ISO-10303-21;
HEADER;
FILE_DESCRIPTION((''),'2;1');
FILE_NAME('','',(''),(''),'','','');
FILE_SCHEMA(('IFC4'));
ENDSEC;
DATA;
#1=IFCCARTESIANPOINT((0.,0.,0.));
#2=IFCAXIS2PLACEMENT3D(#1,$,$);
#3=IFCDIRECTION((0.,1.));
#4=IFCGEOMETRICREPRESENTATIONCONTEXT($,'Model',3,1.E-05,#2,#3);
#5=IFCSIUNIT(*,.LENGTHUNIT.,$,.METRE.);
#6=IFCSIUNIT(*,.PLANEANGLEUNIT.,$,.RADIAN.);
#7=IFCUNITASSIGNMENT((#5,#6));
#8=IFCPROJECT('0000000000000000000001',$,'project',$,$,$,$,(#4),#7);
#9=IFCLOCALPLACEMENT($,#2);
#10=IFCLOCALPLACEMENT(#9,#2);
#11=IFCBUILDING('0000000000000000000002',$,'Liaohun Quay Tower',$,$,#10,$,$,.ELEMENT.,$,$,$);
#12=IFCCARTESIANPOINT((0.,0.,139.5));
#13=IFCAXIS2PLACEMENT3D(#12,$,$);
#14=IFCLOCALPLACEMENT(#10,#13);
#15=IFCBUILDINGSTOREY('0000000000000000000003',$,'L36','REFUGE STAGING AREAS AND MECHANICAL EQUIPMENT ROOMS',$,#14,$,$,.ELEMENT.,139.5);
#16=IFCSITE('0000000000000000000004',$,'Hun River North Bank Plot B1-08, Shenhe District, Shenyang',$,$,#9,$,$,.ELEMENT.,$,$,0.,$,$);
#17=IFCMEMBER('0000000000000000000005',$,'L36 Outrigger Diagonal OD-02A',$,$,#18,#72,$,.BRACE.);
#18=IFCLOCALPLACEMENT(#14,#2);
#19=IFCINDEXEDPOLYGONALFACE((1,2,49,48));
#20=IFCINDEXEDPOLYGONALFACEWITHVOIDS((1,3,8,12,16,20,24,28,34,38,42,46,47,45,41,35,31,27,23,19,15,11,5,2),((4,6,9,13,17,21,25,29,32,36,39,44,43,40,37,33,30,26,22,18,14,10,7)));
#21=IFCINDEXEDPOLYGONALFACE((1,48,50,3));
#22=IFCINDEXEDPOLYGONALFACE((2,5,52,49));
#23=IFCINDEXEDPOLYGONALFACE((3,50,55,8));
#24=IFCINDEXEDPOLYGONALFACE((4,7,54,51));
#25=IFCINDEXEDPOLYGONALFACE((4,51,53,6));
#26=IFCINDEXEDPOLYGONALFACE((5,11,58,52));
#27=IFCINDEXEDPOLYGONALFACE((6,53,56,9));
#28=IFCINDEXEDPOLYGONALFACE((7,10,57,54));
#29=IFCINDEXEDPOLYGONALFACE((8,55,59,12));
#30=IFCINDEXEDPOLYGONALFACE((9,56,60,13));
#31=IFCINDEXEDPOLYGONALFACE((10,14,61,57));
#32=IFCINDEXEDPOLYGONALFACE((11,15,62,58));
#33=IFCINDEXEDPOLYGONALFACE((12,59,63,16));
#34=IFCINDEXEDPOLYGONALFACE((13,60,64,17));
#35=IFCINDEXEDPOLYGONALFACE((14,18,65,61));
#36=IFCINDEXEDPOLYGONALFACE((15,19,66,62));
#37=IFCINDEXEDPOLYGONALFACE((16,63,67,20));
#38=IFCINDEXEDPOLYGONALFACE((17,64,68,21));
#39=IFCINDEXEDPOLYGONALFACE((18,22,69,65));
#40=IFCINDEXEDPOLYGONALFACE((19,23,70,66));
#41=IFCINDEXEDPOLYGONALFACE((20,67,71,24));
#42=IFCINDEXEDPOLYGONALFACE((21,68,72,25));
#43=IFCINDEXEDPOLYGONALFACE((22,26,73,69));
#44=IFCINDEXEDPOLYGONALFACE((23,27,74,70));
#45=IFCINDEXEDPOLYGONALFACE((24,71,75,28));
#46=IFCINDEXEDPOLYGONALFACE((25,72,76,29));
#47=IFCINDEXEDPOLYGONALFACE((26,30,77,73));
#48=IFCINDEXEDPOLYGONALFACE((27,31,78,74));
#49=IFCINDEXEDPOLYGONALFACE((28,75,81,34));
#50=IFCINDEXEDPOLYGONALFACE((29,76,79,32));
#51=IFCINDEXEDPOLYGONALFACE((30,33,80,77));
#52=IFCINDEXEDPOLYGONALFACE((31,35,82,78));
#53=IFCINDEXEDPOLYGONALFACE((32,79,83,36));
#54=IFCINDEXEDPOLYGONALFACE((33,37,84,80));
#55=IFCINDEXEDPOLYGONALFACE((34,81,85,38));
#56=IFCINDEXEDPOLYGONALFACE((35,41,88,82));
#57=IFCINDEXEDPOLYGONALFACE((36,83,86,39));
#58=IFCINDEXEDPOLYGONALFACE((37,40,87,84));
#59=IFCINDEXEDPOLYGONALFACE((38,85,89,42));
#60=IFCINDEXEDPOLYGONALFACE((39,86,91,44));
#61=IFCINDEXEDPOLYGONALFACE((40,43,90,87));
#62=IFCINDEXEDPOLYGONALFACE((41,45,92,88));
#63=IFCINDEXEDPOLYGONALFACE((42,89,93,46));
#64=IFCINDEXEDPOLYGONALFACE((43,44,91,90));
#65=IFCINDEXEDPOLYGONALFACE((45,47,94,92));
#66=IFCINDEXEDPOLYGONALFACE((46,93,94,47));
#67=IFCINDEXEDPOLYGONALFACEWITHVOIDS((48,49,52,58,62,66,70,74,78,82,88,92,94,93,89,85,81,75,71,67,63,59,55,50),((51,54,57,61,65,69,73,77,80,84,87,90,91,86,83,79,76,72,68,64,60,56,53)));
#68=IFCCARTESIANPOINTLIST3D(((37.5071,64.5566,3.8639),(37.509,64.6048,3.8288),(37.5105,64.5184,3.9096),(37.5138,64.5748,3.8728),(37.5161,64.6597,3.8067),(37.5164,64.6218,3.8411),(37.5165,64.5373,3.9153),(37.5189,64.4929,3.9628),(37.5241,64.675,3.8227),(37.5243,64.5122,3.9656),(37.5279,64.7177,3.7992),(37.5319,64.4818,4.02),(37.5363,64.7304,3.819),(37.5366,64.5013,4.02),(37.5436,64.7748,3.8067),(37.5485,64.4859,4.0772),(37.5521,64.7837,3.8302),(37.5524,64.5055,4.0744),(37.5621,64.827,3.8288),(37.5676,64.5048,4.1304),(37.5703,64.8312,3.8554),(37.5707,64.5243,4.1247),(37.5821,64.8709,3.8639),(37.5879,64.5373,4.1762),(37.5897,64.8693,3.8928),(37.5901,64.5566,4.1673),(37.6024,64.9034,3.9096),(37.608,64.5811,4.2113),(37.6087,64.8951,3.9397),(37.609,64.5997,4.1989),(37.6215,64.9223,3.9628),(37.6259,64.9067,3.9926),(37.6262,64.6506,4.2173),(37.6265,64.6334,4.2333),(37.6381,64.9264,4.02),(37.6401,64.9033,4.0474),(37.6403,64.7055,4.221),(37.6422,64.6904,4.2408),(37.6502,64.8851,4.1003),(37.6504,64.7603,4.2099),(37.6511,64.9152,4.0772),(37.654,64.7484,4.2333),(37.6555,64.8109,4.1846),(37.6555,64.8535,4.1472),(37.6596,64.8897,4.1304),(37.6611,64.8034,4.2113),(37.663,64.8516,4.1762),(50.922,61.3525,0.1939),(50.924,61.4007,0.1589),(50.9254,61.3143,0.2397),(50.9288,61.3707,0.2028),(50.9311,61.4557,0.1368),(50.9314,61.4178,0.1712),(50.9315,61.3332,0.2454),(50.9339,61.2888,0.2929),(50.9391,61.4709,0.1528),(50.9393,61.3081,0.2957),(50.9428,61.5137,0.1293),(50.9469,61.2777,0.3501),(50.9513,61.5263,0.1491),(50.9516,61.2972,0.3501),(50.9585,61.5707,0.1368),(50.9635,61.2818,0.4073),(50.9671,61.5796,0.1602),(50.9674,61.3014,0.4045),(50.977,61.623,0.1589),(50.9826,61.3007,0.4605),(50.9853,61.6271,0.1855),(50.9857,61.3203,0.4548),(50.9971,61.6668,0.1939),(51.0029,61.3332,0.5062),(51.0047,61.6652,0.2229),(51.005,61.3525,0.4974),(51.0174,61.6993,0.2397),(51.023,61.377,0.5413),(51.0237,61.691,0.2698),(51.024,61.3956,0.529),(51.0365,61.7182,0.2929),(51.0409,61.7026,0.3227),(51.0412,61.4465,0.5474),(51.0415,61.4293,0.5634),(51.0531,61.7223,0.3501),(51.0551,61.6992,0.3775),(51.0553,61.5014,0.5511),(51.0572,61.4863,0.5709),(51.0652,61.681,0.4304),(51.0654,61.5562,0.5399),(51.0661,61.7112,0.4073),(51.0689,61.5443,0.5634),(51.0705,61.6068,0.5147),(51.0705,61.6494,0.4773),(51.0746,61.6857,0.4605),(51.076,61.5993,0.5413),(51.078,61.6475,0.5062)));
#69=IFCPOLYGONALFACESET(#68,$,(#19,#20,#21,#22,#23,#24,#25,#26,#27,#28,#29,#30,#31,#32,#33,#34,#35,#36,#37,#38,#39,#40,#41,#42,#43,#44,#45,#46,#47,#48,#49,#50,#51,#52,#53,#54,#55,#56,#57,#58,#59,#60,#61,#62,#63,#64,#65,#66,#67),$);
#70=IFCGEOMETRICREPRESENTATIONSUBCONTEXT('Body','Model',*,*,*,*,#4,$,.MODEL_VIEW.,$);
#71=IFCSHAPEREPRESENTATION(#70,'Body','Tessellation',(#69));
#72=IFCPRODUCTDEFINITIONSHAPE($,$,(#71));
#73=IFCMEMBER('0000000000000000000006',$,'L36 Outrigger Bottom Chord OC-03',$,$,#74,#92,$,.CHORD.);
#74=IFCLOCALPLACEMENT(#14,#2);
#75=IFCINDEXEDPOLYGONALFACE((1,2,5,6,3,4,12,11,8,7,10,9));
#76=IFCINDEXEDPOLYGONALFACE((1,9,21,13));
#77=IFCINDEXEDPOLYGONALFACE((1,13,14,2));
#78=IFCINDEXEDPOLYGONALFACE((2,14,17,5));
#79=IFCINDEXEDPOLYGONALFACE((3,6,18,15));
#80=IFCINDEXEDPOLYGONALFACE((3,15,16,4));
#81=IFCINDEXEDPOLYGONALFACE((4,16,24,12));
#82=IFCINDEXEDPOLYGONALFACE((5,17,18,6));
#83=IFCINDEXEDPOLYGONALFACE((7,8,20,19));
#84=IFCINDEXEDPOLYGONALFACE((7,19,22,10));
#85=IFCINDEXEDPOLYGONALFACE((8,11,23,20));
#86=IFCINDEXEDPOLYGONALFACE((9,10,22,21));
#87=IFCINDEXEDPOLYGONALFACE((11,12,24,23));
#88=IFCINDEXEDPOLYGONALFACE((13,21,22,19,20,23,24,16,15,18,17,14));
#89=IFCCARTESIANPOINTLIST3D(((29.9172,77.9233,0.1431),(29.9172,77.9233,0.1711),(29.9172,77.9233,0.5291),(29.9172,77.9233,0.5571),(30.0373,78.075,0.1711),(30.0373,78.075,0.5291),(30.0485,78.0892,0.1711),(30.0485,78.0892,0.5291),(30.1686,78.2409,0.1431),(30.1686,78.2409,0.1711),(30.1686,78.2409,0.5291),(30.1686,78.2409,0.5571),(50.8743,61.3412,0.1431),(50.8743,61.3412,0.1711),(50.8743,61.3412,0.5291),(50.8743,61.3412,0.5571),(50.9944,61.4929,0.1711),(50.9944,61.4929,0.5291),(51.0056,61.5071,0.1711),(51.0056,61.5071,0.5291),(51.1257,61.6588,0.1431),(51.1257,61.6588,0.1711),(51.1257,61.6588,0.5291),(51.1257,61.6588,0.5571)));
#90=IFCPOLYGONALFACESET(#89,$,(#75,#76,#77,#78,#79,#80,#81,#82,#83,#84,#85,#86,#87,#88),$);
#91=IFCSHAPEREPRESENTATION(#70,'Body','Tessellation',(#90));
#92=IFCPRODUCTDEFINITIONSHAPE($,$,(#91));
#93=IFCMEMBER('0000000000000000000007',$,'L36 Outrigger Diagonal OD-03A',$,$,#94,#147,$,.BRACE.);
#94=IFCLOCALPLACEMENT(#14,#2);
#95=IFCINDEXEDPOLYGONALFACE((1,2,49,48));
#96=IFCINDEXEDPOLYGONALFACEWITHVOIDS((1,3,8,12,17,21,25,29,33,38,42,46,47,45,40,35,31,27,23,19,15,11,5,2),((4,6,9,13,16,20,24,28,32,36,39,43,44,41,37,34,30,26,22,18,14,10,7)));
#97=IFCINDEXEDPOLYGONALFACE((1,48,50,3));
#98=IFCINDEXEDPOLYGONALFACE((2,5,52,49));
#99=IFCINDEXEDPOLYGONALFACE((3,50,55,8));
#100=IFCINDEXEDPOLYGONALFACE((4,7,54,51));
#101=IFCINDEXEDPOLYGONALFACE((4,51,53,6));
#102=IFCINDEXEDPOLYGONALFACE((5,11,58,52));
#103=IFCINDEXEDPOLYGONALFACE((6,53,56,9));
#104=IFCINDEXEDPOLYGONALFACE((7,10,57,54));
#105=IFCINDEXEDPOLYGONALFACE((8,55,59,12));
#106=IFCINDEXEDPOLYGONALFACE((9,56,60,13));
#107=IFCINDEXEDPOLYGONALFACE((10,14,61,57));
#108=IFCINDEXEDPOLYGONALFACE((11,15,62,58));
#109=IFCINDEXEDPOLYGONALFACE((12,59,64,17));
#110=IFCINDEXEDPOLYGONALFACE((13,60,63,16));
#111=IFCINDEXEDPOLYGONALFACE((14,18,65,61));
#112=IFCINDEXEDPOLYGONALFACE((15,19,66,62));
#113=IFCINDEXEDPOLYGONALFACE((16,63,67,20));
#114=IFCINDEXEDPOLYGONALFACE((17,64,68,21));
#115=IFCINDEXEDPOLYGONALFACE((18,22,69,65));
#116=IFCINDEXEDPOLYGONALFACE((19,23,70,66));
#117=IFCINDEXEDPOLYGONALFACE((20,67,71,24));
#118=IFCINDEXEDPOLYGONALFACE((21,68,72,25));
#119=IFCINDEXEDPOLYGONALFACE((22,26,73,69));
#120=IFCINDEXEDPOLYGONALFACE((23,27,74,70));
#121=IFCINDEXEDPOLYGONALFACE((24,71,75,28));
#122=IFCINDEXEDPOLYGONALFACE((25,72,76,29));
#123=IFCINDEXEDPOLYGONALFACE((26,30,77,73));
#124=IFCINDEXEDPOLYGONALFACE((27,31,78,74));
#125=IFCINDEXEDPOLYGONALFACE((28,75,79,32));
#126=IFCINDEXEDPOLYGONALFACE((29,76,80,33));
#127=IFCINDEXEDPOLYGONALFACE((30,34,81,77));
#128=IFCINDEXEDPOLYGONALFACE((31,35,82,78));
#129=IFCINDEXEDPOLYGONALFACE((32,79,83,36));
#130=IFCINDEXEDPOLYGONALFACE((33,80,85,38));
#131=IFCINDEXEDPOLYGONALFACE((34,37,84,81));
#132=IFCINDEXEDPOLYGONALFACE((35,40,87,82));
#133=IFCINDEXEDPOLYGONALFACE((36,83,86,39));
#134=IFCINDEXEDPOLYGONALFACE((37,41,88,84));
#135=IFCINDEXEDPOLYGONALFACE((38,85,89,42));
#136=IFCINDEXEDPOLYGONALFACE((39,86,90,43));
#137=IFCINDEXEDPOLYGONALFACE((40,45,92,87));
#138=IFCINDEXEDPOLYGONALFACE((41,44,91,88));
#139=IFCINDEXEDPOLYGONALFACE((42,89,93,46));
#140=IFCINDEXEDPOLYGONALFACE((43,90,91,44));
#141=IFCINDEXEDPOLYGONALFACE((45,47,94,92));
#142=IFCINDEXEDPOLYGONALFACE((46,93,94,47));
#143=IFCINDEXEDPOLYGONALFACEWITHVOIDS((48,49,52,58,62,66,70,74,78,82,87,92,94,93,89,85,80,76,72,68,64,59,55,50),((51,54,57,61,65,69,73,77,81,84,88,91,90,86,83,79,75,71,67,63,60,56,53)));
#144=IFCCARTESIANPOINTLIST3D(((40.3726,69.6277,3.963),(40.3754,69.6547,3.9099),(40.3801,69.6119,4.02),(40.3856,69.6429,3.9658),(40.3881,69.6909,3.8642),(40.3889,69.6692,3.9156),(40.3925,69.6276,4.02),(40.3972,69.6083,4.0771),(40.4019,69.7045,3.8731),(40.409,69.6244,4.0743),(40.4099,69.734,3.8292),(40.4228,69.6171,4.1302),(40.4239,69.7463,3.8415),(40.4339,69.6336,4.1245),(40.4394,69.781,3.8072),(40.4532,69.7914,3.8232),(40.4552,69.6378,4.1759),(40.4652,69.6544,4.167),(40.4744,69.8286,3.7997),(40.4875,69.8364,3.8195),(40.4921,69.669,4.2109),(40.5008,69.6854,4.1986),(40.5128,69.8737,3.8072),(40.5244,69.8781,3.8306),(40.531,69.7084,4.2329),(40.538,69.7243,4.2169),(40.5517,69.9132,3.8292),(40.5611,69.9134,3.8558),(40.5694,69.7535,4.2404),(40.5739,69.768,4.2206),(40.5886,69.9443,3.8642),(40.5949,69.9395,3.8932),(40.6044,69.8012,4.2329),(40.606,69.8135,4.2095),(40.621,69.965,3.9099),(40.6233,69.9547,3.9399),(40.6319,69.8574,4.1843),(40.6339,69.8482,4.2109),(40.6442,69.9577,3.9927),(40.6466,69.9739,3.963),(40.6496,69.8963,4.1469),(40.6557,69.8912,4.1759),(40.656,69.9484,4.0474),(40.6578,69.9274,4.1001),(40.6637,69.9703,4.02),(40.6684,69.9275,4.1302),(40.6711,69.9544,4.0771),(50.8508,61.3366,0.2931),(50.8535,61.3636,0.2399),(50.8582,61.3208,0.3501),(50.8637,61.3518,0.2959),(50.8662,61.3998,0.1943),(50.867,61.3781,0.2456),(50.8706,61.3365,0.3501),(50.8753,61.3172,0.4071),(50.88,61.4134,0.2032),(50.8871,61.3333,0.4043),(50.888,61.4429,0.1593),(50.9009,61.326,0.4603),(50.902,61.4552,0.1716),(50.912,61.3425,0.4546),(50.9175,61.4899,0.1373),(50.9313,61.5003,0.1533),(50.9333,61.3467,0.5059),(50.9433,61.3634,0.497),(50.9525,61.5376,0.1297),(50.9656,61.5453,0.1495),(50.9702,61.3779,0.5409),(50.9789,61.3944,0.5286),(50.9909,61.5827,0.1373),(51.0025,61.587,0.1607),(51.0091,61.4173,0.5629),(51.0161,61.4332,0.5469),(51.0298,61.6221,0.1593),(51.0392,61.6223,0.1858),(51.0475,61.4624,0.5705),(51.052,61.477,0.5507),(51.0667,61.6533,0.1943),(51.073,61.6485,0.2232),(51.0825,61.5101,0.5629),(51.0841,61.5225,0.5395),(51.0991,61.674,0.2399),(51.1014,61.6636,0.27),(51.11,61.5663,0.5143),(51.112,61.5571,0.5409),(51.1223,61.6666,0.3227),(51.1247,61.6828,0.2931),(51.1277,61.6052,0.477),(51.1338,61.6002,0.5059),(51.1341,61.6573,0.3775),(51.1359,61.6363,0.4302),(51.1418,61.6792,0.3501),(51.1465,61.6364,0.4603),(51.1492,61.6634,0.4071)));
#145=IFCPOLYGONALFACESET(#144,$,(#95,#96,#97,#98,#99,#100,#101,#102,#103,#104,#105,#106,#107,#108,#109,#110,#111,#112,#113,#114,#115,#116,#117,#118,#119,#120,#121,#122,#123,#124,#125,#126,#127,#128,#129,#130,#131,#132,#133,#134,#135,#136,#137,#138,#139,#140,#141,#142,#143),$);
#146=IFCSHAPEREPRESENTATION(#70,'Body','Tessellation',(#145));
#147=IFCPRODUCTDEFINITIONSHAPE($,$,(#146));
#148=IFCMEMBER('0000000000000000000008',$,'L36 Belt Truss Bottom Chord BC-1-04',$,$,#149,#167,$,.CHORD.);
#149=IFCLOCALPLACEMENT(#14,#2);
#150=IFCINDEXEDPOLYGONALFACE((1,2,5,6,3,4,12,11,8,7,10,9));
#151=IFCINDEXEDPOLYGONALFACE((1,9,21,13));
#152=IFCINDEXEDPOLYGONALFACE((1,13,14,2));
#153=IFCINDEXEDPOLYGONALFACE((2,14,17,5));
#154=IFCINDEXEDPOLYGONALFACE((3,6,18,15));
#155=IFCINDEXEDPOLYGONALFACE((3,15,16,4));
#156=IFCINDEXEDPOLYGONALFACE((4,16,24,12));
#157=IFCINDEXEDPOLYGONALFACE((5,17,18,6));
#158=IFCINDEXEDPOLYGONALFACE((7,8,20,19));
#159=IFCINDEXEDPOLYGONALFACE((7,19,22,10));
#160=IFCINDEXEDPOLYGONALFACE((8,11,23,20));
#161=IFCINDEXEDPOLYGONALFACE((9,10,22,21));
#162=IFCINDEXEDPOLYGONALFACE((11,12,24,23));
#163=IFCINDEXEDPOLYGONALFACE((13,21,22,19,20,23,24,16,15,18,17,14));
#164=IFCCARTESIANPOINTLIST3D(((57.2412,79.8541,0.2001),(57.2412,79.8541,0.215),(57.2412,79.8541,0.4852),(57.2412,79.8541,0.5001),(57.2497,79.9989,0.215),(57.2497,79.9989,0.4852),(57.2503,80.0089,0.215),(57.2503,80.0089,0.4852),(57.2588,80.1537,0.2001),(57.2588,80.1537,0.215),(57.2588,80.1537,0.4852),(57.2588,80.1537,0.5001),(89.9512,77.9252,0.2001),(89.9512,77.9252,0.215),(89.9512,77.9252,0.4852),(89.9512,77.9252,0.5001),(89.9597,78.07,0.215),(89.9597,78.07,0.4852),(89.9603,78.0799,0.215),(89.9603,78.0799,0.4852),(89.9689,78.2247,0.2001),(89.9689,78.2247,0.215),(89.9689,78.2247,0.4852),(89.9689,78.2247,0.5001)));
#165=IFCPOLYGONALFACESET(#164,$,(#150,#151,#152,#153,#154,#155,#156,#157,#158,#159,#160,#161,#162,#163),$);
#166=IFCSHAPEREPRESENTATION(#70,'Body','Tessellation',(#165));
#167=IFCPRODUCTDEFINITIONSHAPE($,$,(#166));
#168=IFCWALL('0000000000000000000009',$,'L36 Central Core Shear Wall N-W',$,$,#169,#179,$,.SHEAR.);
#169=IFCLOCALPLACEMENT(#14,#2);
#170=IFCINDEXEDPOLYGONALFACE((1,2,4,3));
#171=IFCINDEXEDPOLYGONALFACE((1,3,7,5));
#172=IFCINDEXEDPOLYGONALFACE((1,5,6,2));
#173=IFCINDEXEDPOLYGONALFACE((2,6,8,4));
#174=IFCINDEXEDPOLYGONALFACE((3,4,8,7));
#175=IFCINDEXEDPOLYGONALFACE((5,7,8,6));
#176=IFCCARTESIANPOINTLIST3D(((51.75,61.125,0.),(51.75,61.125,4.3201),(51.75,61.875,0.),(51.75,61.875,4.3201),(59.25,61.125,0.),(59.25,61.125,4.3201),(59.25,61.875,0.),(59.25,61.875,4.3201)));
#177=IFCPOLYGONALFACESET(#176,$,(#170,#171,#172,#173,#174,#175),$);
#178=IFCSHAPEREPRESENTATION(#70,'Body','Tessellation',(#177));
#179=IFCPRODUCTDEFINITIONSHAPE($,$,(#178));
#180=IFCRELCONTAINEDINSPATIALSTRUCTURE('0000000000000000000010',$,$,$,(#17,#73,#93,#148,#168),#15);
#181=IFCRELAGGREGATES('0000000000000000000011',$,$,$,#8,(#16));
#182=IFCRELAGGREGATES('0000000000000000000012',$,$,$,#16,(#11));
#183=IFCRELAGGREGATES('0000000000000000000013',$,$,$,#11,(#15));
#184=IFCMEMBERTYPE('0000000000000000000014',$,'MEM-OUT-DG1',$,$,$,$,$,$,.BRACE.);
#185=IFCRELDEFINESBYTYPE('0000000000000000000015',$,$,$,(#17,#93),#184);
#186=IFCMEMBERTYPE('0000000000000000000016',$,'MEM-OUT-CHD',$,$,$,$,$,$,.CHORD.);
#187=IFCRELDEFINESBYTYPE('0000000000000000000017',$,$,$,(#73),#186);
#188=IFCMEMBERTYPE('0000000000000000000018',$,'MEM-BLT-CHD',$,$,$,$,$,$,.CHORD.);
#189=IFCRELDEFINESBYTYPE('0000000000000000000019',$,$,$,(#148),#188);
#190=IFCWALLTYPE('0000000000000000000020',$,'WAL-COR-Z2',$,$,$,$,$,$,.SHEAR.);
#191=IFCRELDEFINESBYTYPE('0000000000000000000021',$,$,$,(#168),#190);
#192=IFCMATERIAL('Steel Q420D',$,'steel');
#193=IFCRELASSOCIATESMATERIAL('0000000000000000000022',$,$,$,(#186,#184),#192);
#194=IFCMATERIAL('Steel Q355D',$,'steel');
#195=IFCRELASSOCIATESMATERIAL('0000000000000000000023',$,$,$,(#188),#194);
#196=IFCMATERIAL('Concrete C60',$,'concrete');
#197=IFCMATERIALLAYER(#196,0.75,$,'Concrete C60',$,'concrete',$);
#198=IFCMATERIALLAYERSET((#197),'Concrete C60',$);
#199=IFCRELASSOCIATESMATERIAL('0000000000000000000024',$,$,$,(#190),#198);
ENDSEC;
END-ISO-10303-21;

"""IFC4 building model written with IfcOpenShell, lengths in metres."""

from ifc_helpers import new_model, si_unit, direction, frame, frame_2d, origin, origin_2d, place, context, subcontext, project, spatial, rectangle, hollow_circle, i_section, extrude, source, transform, mapped, material, layer, layer_set, material_profile, profile_set, type_object, element, save


model = new_model("IFC4")

# Units and contexts
model_context = context("Model", 3, precision=1e-05, world=origin(), true_north=direction((0.0, 1.0)))
body_context = subcontext(model_context, "Body", "Model", "MODEL_VIEW")
ifc_project = project(units=[si_unit("LENGTHUNIT", "METRE"), si_unit("PLANEANGLEUNIT", "RADIAN")], contexts=[model_context])

# Site, building, storey
site_placement = place(None, origin())
site = spatial("IfcSite", under=ifc_project, at=site_placement, Name="Hun River North Bank Plot B1-08, Shenhe District, Shenyang", CompositionType="ELEMENT", RefElevation=0.0)
building_placement = place(site_placement, origin())
building = spatial("IfcBuilding", under=site, at=building_placement, Name="Liaohun Quay Tower", CompositionType="ELEMENT")
storey_placement = place(building_placement, frame((0.0, 0.0, 139.5)))
storey = spatial("IfcBuildingStorey", under=building, at=storey_placement, Name="L36", Description="REFUGE STAGING AREAS AND MECHANICAL EQUIPMENT ROOMS", CompositionType="ELEMENT", Elevation=139.5)

# Shared definitions
ifc_material_1 = material(Name="Concrete C60", Category="concrete")

# Shared definitions
ifc_material_2 = material(Name="Steel Q355D", Category="steel")

# Members
ifc_material_3 = material(Name="Steel Q420D", Category="steel")
ifc_material_profile_1 = material_profile(ifc_material_3, i_section(OverallWidth=0.405, OverallDepth=0.4141, WebThickness=0.0181, FlangeThickness=0.0281, at=origin_2d()), Name="HW414x405x18x28")
ifc_profile_set_1 = profile_set([ifc_material_profile_1], Name="Steel Q420D")
member_type_1 = type_object("IfcMemberType", Name="MEM-OUT-CHD", PredefinedType="CHORD", material=ifc_profile_set_1)
ifc_material_profile_2 = material_profile(ifc_material_3, hollow_circle(Radius=0.2285, WallThickness=0.02, at=origin_2d()), Name="CHS457x20")
ifc_profile_set_2 = profile_set([ifc_material_profile_2], Name="Steel Q420D")
member_type_2 = type_object("IfcMemberType", Name="MEM-OUT-DG1", PredefinedType="BRACE", material=ifc_profile_set_2)
shared_shape_1 = source(origin(), body_context, "Body", "SweptSolid", [
    extrude(hollow_circle(Radius=0.2285, WallThickness=0.02, at=origin_2d()), origin(), (0.0, 0.0, 1.0), 14.2722),
])
member_1_placement = place(storey_placement, frame((51.0, 61.5, 0.3501), z_axis=(-0.939937, 0.224498, 0.257136), x_axis=(-0.23231, -0.972642, 0.0)))
element("IfcMember", 1, at=member_1_placement, inside=storey, type_object=member_type_2, Name="L36 Outrigger Diagonal OD-02A", PredefinedType="BRACE", context=body_context, shape_type="MappedRepresentation", body=[
    mapped(shared_shape_1, transform((0.0, 0.0, 0.0), x_axis=(1.0, 0.0, 0.0), y_axis=(0.0, 1.0, 0.0), z_axis=(0.0, 0.0, 1.0), scale=1.0)),
])
shared_shape_2 = source(origin(), body_context, "Body", "SweptSolid", [
    extrude(i_section(OverallWidth=0.405, OverallDepth=0.4141, WebThickness=0.0181, FlangeThickness=0.0281, at=origin_2d()), origin(), (0.0, 0.0, 1.0), 26.7239),
])
member_2_placement = place(storey_placement, frame((51.0, 61.5, 0.3501), z_axis=(-0.784209, 0.620497, 0.0), x_axis=(-0.620497, -0.784209, 0.0)))
element("IfcMember", 2, at=member_2_placement, inside=storey, type_object=member_type_1, Name="L36 Outrigger Bottom Chord OC-03", PredefinedType="CHORD", context=body_context, shape_type="MappedRepresentation", body=[
    mapped(shared_shape_2, transform((0.0, 0.0, 0.0), x_axis=(1.0, 0.0, 0.0), y_axis=(0.0, 1.0, 0.0), z_axis=(0.0, 0.0, 1.0), scale=1.0)),
])
shared_shape_3 = source(origin(), body_context, "Body", "SweptSolid", [
    extrude(hollow_circle(Radius=0.2285, WallThickness=0.02, at=origin_2d()), origin(), (0.0, 0.0, 1.0), 13.8564),
])
member_3_placement = place(storey_placement, frame((51.0, 61.5, 0.3501), z_axis=(-0.75619, 0.598355, 0.264855), x_axis=(-0.620515, -0.784195, 0.0)))
element("IfcMember", 3, at=member_3_placement, inside=storey, type_object=member_type_2, Name="L36 Outrigger Diagonal OD-03A", PredefinedType="BRACE", context=body_context, shape_type="MappedRepresentation", body=[
    mapped(shared_shape_3, transform((0.0, 0.0, 0.0), x_axis=(1.0, 0.0, 0.0), y_axis=(0.0, 1.0, 0.0), z_axis=(0.0, 0.0, 1.0), scale=1.0)),
])
ifc_material_profile_3 = material_profile(ifc_material_2, i_section(OverallWidth=0.3, OverallDepth=0.3, WebThickness=0.01, FlangeThickness=0.0149, at=origin_2d()), Name="HW300x300x10x15")
ifc_profile_set_3 = profile_set([ifc_material_profile_3], Name="Steel Q355D")
member_type_3 = type_object("IfcMemberType", Name="MEM-BLT-CHD", PredefinedType="CHORD", material=ifc_profile_set_3)
shared_shape_4 = source(origin(), body_context, "Body", "SweptSolid", [
    extrude(i_section(OverallWidth=0.3, OverallDepth=0.3, WebThickness=0.01, FlangeThickness=0.0149, at=origin_2d()), origin(), (0.0, 0.0, 1.0), 32.7668),
])
member_4_placement = place(storey_placement, frame((57.25, 80.0039, 0.3501), z_axis=(0.998266, -0.058869, 0.0), x_axis=(0.058869, 0.998266, 0.0)))
element("IfcMember", 4, at=member_4_placement, inside=storey, type_object=member_type_3, Name="L36 Belt Truss Bottom Chord BC-1-04", PredefinedType="CHORD", context=body_context, shape_type="MappedRepresentation", body=[
    mapped(shared_shape_4, transform((0.0, 0.0, 0.0), x_axis=(1.0, 0.0, 0.0), y_axis=(0.0, 1.0, 0.0), z_axis=(0.0, 0.0, 1.0), scale=1.0)),
])

# Wall
ifc_layer_1 = layer(ifc_material_1, 0.75, Name="Concrete C60", Category="concrete")
ifc_layer_set_1 = layer_set([ifc_layer_1], Name="Concrete C60")
wall_type_1 = type_object("IfcWallType", Name="WAL-COR-Z2", PredefinedType="SHEAR", material=ifc_layer_set_1)
wall_1_placement = place(storey_placement, frame((51.75, 61.5, 0.0), z_axis=(0.0, 0.0, 1.0), x_axis=(1.0, 0.0, 0.0)))
element("IfcWall", 5, at=wall_1_placement, inside=storey, type_object=wall_type_1, Name="L36 Central Core Shear Wall N-W", PredefinedType="SHEAR", context=body_context, shape_type="SweptSolid", body=[
    extrude(rectangle(XDim=7.5, YDim=0.75, at=frame_2d((3.75, 0.0))), origin(), (0.0, 0.0, 1.0), 4.3201),
])

save(model, "model.ifc")
